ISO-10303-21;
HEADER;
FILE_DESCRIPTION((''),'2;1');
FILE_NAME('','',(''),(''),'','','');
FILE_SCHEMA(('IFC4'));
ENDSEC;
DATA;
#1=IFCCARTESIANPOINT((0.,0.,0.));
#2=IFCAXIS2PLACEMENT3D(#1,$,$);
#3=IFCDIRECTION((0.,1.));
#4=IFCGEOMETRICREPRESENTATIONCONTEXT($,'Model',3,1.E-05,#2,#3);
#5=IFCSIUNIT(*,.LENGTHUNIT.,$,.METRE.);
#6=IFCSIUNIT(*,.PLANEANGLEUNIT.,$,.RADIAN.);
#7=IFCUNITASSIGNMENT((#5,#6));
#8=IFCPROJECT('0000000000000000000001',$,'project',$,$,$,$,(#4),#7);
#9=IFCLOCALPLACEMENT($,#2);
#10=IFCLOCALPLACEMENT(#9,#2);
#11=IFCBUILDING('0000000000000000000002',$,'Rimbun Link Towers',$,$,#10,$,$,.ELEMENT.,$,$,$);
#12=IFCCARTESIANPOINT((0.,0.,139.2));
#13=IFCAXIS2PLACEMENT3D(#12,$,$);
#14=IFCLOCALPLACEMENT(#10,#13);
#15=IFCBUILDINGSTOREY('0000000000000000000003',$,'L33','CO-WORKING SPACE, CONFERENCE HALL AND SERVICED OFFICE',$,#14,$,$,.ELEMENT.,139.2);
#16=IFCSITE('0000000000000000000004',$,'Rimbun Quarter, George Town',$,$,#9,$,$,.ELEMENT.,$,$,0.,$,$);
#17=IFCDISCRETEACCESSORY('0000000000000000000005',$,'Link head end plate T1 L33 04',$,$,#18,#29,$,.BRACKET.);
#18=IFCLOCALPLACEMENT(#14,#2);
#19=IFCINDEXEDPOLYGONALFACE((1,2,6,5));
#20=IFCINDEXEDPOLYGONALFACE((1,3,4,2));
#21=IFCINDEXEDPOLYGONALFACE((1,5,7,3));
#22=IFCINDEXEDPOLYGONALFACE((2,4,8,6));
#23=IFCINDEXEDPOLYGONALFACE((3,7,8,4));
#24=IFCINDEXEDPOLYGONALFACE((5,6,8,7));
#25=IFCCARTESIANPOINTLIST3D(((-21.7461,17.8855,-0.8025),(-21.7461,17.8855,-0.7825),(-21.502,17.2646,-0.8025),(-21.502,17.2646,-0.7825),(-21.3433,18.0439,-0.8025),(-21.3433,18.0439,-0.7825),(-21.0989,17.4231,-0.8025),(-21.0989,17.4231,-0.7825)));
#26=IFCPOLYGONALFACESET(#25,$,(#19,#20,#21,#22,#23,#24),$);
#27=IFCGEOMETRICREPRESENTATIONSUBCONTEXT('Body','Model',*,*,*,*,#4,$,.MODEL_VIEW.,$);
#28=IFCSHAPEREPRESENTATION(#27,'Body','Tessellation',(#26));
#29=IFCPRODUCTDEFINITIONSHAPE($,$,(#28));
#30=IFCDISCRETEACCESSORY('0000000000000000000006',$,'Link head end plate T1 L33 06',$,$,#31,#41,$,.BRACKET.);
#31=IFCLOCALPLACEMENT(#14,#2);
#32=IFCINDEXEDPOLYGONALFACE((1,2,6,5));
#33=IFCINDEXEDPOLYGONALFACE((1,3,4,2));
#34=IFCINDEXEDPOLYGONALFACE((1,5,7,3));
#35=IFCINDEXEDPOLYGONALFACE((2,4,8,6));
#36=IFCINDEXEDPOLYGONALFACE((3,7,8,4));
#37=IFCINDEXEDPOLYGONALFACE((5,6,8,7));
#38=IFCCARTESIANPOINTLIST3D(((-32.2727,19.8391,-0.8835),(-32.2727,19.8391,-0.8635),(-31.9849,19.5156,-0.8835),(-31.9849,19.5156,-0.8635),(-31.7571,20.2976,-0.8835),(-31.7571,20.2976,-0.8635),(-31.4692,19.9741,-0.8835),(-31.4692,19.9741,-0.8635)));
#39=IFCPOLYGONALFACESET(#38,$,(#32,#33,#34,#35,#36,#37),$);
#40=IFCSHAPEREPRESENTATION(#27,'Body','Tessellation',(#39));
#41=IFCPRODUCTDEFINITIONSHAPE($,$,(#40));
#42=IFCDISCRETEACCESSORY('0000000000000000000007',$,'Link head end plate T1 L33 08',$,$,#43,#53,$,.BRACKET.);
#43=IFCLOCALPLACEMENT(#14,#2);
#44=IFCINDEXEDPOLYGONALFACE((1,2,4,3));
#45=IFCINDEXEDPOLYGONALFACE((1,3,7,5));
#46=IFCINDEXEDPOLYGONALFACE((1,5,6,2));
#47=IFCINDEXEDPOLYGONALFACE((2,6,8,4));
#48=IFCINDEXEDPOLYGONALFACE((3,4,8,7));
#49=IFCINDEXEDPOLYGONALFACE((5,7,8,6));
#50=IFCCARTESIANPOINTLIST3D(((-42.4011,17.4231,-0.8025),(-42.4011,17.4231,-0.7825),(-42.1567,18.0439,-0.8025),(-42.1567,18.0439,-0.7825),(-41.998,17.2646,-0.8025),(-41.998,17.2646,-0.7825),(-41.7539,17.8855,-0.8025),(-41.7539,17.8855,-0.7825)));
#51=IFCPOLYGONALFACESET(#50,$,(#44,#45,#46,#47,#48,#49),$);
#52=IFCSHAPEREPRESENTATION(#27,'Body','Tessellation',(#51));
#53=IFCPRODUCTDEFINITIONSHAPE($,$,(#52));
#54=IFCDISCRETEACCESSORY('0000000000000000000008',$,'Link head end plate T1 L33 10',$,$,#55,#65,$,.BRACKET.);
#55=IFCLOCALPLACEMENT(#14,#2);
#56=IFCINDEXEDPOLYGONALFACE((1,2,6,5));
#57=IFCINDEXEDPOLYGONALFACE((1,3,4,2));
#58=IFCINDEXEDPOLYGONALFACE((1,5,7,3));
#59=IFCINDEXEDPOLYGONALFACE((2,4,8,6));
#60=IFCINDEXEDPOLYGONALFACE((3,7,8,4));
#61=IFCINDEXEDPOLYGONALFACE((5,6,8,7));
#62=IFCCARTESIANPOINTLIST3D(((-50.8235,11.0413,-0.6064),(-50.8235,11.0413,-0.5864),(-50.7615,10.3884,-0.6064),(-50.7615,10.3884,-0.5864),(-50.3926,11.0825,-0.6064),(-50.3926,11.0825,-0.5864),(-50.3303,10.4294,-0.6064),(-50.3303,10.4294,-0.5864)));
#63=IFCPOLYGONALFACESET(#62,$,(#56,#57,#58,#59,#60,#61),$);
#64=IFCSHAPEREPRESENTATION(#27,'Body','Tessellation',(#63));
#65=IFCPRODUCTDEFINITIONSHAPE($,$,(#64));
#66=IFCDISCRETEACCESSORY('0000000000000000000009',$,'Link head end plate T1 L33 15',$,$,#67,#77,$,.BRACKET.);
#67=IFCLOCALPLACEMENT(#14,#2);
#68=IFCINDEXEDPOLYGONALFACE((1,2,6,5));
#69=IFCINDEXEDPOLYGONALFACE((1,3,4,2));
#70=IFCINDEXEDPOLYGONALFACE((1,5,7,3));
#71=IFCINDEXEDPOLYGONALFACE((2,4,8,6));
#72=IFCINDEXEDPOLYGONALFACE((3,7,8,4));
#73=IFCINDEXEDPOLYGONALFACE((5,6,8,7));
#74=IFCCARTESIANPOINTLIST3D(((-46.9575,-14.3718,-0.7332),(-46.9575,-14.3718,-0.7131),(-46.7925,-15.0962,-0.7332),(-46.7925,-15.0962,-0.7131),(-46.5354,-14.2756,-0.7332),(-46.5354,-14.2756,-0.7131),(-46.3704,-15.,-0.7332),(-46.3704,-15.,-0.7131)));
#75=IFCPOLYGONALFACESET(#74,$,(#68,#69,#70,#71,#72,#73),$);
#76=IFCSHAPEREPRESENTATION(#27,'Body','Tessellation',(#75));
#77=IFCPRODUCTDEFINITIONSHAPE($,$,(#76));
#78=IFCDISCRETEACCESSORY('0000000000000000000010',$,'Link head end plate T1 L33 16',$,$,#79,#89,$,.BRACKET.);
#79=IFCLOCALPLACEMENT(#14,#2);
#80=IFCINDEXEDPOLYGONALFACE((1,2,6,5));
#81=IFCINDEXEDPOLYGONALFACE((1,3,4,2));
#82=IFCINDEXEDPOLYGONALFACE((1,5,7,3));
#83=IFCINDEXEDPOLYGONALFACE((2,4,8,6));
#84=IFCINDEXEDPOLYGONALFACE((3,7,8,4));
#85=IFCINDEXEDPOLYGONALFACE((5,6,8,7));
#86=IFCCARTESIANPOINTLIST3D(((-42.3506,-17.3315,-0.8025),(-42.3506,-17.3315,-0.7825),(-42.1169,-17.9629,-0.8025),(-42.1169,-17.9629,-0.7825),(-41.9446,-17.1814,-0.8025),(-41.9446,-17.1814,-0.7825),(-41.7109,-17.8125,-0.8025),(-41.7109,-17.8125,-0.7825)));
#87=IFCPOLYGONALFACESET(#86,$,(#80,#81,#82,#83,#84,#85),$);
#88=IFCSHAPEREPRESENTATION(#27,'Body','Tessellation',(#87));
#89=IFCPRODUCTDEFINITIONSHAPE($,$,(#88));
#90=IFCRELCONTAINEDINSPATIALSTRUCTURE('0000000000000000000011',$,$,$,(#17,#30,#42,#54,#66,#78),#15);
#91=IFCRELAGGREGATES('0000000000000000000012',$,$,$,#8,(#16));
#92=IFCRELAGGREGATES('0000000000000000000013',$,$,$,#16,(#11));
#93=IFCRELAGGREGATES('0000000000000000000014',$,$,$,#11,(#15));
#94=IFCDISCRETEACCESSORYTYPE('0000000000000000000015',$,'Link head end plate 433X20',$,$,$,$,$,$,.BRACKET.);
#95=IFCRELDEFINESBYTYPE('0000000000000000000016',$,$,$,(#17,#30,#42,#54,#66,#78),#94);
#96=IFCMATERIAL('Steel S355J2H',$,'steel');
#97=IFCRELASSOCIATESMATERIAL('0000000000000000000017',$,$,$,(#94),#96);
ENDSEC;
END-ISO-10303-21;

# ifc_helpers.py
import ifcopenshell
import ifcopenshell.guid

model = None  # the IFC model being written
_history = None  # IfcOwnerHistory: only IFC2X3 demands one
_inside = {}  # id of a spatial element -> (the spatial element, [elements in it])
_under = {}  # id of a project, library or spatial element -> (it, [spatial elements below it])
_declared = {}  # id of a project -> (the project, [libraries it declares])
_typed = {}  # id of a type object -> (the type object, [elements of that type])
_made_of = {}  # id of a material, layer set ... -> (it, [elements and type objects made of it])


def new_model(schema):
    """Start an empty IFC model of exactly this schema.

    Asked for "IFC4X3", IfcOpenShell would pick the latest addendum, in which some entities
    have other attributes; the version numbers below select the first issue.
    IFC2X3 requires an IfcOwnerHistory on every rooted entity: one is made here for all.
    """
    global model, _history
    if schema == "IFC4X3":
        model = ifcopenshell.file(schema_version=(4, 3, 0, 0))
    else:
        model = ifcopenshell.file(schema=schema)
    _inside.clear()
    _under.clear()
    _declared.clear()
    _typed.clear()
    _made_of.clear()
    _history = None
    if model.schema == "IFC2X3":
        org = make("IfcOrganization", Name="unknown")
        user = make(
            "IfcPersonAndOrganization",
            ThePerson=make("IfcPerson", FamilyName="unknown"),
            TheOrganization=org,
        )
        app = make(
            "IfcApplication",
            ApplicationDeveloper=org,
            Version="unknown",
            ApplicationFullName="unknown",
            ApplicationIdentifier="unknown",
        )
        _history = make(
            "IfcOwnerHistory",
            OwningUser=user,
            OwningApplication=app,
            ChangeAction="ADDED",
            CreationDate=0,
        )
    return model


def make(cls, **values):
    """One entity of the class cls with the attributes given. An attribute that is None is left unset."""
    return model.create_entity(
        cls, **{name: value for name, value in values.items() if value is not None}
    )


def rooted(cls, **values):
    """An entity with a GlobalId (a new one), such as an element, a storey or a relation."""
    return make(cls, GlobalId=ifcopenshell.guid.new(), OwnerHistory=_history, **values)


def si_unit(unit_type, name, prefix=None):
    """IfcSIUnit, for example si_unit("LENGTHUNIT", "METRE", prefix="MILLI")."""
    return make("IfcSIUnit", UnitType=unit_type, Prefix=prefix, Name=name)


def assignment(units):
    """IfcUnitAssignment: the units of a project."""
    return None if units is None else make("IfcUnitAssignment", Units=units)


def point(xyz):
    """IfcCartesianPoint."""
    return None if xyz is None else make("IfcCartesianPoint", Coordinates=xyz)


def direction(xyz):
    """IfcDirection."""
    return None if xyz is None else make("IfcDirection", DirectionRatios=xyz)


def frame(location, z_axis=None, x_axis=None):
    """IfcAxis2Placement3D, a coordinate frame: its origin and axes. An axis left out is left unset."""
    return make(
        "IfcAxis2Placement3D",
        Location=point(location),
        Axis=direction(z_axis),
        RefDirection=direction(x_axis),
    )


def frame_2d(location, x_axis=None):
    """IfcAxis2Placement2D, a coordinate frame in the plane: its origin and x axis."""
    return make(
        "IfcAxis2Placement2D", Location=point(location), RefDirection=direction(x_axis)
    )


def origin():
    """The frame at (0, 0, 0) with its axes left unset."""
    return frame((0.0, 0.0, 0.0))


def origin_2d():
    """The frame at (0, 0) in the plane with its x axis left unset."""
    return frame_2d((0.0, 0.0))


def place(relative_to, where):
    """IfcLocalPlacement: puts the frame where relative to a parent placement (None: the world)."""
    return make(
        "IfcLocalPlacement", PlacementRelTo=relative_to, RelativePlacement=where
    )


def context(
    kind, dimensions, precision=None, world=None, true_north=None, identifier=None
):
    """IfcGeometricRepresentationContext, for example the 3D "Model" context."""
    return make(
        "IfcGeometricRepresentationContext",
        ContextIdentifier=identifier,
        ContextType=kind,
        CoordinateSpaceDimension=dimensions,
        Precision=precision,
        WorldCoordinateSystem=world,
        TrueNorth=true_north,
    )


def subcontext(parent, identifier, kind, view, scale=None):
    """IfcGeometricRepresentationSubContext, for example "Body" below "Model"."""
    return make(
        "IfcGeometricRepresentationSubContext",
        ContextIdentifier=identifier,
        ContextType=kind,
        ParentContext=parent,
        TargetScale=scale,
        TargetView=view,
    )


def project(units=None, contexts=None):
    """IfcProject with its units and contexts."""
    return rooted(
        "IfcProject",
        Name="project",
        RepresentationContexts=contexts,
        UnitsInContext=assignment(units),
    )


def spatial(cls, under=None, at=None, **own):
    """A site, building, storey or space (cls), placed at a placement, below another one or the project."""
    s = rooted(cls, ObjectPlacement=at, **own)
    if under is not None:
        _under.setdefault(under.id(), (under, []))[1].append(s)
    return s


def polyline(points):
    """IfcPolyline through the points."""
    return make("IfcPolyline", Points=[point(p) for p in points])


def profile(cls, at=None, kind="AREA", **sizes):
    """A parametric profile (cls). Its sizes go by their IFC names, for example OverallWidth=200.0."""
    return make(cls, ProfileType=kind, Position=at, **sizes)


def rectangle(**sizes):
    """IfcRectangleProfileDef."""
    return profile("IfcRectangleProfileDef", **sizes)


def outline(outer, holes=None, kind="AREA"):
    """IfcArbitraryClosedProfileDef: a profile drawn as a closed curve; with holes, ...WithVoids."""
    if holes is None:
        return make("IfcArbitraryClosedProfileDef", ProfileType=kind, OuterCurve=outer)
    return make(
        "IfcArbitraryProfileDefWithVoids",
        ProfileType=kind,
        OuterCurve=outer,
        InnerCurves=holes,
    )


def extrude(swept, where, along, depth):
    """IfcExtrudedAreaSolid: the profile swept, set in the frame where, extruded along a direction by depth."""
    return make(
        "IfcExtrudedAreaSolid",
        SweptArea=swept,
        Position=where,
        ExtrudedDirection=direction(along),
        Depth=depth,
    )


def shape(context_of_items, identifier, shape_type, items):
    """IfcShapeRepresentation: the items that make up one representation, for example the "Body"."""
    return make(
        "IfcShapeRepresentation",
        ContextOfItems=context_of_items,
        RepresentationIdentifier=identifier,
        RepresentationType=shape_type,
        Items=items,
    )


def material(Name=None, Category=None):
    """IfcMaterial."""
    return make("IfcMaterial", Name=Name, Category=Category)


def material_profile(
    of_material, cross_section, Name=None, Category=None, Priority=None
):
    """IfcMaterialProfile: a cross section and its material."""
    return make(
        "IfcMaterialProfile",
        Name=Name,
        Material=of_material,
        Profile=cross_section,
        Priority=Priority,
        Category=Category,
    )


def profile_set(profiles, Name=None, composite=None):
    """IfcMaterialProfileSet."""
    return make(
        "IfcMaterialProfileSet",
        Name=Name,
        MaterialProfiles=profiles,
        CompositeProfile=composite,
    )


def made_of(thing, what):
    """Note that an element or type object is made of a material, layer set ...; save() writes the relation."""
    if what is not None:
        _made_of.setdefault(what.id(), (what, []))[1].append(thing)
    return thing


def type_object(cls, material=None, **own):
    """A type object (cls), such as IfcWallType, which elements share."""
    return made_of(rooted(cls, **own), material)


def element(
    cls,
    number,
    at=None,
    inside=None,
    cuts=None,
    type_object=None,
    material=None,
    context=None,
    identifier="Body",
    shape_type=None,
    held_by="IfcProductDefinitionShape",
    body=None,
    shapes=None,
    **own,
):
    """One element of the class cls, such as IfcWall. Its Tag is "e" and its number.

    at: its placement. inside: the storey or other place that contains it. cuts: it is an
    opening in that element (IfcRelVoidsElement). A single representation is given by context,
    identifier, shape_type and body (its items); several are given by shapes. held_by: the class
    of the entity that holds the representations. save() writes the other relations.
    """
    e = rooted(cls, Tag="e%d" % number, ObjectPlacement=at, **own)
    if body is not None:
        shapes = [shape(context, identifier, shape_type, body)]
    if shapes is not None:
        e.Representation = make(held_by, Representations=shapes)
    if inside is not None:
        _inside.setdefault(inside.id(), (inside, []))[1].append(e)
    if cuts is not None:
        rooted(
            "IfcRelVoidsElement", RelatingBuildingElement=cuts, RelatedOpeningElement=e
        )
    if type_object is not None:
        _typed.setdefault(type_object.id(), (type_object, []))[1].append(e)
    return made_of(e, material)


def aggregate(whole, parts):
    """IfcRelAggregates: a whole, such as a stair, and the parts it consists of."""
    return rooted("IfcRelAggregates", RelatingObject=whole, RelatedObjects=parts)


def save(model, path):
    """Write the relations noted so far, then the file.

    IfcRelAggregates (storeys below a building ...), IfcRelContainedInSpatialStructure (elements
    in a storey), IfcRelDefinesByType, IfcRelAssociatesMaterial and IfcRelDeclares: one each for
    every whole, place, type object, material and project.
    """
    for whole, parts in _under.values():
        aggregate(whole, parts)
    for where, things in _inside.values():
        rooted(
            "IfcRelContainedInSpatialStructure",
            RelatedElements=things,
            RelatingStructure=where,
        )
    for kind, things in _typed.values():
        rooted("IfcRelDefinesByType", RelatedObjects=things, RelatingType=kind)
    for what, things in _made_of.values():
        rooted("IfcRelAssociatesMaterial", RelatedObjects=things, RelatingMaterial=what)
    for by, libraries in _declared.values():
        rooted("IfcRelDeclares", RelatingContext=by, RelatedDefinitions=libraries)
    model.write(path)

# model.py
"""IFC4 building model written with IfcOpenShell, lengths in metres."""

from ifc_helpers import new_model, si_unit, direction, frame, origin, origin_2d, place, context, subcontext, project, spatial, polyline, rectangle, outline, extrude, material, material_profile, profile_set, type_object, element, save


model = new_model("IFC4")

# Units and contexts
model_context = context("Model", 3, precision=1e-05, world=origin(), true_north=direction((0.0, 1.0)))
body_context = subcontext(model_context, "Body", "Model", "MODEL_VIEW")
ifc_project = project(units=[si_unit("LENGTHUNIT", "METRE"), si_unit("PLANEANGLEUNIT", "RADIAN")], contexts=[model_context])

# Site, building, storey
site_placement = place(None, origin())
site = spatial("IfcSite", under=ifc_project, at=site_placement, Name="Rimbun Quarter, George Town", CompositionType="ELEMENT", RefElevation=0.0)
building_placement = place(site_placement, origin())
building = spatial("IfcBuilding", under=site, at=building_placement, Name="Rimbun Link Towers", CompositionType="ELEMENT")
storey_placement = place(building_placement, frame((0.0, 0.0, 139.2)))
storey = spatial("IfcBuildingStorey", under=building, at=storey_placement, Name="L33", Description="CO-WORKING SPACE, CONFERENCE HALL AND SERVICED OFFICE", CompositionType="ELEMENT", Elevation=139.2)

# Discrete accessories
ifc_material_1 = material(Name="Steel S355J2H", Category="steel")
ifc_material_profile_1 = material_profile(ifc_material_1, rectangle(XDim=0.4331, YDim=0.4331, at=origin_2d()), Name="PL 433x433")
ifc_profile_set_1 = profile_set([ifc_material_profile_1], Name="Steel S355J2H")
discrete_accessory_type = type_object("IfcDiscreteAccessoryType", Name="Link head end plate 433X20", PredefinedType="BRACKET", material=ifc_profile_set_1)
discrete_accessory_1_placement = place(storey_placement, frame((0.0, 0.0, -0.8025)))
element("IfcDiscreteAccessory", 1, at=discrete_accessory_1_placement, inside=storey, type_object=discrete_accessory_type, Name="Link head end plate T1 L33 04", PredefinedType="BRACKET", context=body_context, shape_type="SweptSolid", body=[
    extrude(outline(polyline([(-21.0989, 17.4231), (-21.3433, 18.0439), (-21.7461, 17.8855), (-21.502, 17.2646), (-21.0989, 17.4231)])), origin(), (0.0, 0.0, 1.0), 0.02),
])
discrete_accessory_2_placement = place(storey_placement, frame((0.0, 0.0, -0.8835)))
element("IfcDiscreteAccessory", 2, at=discrete_accessory_2_placement, inside=storey, type_object=discrete_accessory_type, Name="Link head end plate T1 L33 06", PredefinedType="BRACKET", context=body_context, shape_type="SweptSolid", body=[
    extrude(outline(polyline([(-31.9849, 19.5156), (-31.4692, 19.9741), (-31.7571, 20.2976), (-32.2727, 19.8391), (-31.9849, 19.5156)])), origin(), (0.0, 0.0, 1.0), 0.02),
])
discrete_accessory_3_placement = place(storey_placement, frame((0.0, 0.0, -0.8025)))
element("IfcDiscreteAccessory", 3, at=discrete_accessory_3_placement, inside=storey, type_object=discrete_accessory_type, Name="Link head end plate T1 L33 08", PredefinedType="BRACKET", context=body_context, shape_type="SweptSolid", body=[
    extrude(outline(polyline([(-41.998, 17.2646), (-41.7539, 17.8855), (-42.1567, 18.0439), (-42.4011, 17.4231), (-41.998, 17.2646)])), origin(), (0.0, 0.0, 1.0), 0.02),
])
discrete_accessory_4_placement = place(storey_placement, frame((0.0, 0.0, -0.6064)))
element("IfcDiscreteAccessory", 4, at=discrete_accessory_4_placement, inside=storey, type_object=discrete_accessory_type, Name="Link head end plate T1 L33 10", PredefinedType="BRACKET", context=body_context, shape_type="SweptSolid", body=[
    extrude(outline(polyline([(-50.3303, 10.4294), (-50.3926, 11.0825), (-50.8235, 11.0413), (-50.7615, 10.3884), (-50.3303, 10.4294)])), origin(), (0.0, 0.0, 1.0), 0.02),
])
discrete_accessory_5_placement = place(storey_placement, frame((0.0, 0.0, -0.7332)))
element("IfcDiscreteAccessory", 5, at=discrete_accessory_5_placement, inside=storey, type_object=discrete_accessory_type, Name="Link head end plate T1 L33 15", PredefinedType="BRACKET", context=body_context, shape_type="SweptSolid", body=[
    extrude(outline(polyline([(-46.9575, -14.3718), (-46.7925, -15.0962), (-46.3704, -15.0), (-46.5354, -14.2756), (-46.9575, -14.3718)])), origin(), (0.0, 0.0, 1.0), 0.02),
])
discrete_accessory_6_placement = place(storey_placement, frame((0.0, 0.0, -0.8025)))
element("IfcDiscreteAccessory", 6, at=discrete_accessory_6_placement, inside=storey, type_object=discrete_accessory_type, Name="Link head end plate T1 L33 16", PredefinedType="BRACKET", context=body_context, shape_type="SweptSolid", body=[
    extrude(outline(polyline([(-42.3506, -17.3315), (-42.1169, -17.9629), (-41.7109, -17.8125), (-41.9446, -17.1814), (-42.3506, -17.3315)])), origin(), (0.0, 0.0, 1.0), 0.02),
])

save(model, "model.ifc")
